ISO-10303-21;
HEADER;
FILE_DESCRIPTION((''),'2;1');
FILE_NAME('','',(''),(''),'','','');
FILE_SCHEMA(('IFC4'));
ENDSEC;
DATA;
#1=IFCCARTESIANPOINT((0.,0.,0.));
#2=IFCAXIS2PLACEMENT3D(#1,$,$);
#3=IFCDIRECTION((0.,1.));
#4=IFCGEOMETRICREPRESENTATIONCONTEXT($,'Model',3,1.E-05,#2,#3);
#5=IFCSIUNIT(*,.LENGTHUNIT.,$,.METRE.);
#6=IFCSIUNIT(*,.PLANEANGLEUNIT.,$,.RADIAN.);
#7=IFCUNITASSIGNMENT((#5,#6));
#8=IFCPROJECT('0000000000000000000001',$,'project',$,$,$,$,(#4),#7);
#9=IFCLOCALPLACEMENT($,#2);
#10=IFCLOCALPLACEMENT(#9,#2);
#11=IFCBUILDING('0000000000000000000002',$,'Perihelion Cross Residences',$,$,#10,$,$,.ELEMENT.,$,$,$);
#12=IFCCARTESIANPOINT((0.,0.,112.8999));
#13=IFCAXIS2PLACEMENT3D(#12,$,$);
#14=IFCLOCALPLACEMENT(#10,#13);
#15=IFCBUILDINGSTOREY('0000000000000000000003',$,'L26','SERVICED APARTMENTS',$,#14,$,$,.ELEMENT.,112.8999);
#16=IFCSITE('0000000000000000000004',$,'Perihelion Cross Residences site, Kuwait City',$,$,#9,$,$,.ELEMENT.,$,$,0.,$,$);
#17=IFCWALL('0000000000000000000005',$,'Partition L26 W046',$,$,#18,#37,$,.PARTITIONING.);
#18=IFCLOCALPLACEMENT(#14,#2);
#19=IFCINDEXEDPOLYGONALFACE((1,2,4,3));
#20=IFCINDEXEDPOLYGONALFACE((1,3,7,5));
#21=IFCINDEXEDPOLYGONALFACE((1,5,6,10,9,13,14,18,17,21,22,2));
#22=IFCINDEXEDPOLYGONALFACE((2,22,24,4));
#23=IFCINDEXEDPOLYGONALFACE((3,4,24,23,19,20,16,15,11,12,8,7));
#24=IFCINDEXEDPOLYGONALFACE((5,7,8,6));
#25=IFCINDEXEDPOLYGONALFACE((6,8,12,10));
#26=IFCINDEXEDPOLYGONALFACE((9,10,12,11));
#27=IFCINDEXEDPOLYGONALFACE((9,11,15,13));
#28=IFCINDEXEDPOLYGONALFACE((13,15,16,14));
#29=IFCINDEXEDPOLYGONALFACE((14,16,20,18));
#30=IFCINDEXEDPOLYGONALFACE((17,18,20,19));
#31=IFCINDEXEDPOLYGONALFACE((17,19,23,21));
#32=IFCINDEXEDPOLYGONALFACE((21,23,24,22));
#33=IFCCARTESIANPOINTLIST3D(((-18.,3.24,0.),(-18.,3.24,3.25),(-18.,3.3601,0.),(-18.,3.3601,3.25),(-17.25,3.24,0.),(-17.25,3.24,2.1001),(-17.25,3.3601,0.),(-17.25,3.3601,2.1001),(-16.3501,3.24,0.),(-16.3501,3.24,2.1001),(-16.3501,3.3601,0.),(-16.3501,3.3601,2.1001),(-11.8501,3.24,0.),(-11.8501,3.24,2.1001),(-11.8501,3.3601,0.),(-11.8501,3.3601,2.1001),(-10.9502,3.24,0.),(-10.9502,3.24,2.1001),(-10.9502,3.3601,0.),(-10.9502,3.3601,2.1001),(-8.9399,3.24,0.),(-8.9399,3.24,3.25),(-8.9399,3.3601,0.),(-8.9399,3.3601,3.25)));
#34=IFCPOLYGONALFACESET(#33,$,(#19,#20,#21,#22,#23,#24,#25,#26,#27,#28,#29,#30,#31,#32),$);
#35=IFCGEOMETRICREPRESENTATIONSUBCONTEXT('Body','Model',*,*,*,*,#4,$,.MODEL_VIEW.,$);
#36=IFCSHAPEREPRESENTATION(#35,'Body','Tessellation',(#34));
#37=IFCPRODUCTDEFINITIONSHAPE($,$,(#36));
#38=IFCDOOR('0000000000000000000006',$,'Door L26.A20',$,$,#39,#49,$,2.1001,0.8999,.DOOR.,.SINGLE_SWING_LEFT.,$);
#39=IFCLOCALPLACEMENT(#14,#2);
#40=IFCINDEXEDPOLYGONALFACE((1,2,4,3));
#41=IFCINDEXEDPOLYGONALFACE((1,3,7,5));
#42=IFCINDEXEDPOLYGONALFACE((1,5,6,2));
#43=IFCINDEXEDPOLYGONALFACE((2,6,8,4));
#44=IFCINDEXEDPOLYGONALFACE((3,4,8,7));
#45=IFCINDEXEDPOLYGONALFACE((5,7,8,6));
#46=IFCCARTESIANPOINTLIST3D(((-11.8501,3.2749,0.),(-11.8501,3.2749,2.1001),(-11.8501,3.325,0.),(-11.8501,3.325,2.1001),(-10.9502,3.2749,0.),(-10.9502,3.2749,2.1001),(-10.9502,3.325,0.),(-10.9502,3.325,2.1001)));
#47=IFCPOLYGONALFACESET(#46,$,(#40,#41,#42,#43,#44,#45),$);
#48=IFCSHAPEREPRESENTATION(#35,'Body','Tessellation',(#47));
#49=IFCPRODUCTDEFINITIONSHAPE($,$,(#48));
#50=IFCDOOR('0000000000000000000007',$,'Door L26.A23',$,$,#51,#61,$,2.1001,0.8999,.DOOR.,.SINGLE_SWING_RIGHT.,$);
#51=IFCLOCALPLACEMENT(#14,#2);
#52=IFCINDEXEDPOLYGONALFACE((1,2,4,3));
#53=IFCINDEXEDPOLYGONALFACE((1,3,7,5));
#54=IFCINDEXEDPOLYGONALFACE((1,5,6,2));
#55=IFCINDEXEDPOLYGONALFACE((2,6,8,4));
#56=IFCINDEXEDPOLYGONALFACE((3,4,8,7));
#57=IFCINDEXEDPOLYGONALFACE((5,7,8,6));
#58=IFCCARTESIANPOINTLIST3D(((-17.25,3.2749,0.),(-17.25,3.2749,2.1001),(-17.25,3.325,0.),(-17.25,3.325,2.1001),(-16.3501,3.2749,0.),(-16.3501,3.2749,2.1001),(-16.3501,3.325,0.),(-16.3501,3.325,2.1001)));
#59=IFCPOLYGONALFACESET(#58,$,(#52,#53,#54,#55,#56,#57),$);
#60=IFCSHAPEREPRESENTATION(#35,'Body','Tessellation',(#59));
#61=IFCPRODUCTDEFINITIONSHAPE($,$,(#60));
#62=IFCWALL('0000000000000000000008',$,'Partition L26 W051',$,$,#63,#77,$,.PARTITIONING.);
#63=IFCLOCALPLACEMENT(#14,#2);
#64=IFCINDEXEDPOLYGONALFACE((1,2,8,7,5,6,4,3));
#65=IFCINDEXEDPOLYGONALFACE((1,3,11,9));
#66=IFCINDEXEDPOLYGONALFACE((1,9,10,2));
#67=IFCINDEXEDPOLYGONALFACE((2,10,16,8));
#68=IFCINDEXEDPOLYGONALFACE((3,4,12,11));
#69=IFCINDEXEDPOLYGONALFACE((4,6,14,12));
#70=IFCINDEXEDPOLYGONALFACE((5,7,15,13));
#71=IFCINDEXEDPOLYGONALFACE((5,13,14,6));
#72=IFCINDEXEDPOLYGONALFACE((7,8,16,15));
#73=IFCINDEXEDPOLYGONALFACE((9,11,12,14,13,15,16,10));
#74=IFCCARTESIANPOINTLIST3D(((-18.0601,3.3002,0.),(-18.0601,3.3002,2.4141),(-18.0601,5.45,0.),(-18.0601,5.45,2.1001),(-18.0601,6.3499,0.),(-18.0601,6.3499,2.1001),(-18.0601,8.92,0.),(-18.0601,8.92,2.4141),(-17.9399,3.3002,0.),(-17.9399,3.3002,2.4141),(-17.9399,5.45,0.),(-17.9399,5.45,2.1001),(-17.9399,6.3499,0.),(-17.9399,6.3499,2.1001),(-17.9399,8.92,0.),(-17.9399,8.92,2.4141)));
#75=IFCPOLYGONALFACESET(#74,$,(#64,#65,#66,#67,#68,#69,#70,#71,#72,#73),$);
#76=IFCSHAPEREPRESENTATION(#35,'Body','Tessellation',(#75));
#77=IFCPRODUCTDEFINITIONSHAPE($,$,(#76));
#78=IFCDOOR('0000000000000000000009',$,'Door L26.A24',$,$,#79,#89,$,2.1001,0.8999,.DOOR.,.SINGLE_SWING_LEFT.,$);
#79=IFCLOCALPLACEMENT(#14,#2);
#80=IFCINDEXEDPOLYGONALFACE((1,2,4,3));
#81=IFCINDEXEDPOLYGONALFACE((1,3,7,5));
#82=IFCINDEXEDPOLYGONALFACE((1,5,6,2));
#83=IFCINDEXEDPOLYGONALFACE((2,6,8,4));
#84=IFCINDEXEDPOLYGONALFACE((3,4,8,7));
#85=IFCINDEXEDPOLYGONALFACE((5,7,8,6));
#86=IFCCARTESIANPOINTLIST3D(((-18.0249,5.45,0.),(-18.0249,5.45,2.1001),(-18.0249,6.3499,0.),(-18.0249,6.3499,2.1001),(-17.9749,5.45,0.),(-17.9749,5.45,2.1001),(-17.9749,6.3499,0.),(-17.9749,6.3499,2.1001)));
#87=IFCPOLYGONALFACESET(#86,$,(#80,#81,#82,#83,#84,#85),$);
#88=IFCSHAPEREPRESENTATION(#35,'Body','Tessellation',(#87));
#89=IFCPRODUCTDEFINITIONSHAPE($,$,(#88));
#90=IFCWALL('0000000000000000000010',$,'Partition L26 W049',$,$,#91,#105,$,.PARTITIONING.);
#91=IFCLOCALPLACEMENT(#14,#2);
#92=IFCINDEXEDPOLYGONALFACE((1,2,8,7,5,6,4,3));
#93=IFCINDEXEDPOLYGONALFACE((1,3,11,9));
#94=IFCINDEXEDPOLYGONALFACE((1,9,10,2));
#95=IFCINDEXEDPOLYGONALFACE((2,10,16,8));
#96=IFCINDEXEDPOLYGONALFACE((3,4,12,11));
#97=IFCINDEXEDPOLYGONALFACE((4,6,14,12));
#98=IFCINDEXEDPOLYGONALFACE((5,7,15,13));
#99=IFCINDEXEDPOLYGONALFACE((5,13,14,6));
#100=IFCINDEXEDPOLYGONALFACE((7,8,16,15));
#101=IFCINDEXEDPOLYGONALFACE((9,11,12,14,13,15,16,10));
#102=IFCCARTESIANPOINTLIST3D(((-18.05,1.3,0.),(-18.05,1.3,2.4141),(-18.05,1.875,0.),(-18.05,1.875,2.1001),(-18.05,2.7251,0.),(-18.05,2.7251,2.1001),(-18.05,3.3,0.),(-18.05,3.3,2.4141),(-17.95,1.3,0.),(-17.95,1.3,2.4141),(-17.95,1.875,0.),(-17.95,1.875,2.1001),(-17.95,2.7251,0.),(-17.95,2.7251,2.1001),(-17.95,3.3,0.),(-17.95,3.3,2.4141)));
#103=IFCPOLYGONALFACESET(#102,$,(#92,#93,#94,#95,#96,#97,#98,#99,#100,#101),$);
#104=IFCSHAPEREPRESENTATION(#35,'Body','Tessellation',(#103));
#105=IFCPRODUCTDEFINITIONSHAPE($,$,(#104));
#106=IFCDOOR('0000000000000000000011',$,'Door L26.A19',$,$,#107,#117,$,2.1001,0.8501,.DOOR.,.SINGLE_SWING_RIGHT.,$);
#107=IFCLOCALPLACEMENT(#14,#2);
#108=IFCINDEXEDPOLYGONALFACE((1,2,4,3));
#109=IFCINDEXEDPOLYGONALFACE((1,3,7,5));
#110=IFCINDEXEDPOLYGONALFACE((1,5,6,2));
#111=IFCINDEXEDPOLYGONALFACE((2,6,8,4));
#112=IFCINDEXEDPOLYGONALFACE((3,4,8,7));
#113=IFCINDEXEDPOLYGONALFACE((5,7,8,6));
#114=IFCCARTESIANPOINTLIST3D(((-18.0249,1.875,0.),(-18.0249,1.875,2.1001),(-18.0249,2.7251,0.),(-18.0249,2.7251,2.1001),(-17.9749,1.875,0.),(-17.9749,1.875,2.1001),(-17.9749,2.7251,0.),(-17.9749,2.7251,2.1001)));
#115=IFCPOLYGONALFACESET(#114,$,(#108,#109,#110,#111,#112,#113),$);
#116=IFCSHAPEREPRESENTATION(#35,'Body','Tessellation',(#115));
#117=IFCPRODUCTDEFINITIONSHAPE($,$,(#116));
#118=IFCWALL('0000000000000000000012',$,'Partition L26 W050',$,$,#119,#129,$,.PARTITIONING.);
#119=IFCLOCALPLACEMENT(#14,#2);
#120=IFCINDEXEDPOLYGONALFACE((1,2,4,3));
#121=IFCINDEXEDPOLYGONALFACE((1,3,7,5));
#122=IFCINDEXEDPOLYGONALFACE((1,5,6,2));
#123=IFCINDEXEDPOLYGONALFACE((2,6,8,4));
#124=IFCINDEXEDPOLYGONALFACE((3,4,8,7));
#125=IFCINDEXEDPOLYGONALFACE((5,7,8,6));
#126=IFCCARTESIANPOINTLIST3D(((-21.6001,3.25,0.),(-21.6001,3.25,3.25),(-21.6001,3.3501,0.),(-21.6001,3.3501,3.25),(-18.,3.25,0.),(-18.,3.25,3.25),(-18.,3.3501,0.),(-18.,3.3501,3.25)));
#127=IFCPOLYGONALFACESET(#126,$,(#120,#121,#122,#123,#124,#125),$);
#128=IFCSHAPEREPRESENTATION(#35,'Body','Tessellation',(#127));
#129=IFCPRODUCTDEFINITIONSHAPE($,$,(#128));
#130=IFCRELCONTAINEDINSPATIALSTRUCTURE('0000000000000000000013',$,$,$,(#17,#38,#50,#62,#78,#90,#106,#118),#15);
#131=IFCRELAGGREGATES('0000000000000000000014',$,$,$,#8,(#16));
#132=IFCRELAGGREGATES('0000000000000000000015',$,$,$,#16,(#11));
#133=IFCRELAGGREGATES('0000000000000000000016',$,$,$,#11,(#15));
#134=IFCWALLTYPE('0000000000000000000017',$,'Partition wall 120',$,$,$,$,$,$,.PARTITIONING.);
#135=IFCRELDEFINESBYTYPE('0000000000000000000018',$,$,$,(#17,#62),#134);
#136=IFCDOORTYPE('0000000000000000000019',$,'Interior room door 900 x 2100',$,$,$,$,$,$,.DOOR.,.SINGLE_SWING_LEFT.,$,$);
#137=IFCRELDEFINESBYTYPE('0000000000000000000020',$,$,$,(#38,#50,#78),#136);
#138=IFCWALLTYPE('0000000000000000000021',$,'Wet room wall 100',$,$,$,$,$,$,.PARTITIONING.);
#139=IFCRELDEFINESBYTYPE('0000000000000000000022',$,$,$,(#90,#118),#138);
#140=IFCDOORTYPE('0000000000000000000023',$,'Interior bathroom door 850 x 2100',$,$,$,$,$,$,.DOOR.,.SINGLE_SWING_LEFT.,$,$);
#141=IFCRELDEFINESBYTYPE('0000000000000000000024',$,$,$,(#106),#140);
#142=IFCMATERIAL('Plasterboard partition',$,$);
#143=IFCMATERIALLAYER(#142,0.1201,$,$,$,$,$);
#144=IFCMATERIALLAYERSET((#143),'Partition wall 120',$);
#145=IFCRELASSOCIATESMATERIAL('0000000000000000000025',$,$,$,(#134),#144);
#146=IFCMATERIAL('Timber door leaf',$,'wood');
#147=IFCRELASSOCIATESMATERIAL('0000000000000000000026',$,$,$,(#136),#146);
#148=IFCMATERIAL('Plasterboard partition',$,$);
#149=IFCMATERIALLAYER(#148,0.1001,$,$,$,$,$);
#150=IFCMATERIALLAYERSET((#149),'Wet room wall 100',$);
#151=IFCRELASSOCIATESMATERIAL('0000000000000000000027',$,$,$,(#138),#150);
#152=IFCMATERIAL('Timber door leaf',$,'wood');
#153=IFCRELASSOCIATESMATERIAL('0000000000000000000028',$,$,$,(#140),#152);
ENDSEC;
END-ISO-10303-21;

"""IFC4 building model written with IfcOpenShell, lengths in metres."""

from ifc_helpers import new_model, si_unit, direction, frame, frame_2d, origin, place, context, subcontext, project, spatial, rectangle, extrude, material, layer, layer_set, type_object, element, fill, save


model = new_model("IFC4")

# Units and contexts
model_context = context("Model", 3, precision=1e-05, world=origin(), true_north=direction((0.0, 1.0)))
body_context = subcontext(model_context, "Body", "Model", "MODEL_VIEW")
ifc_project = project(units=[si_unit("LENGTHUNIT", "METRE"), si_unit("PLANEANGLEUNIT", "RADIAN")], contexts=[model_context])

# Site, building, storey
site_placement = place(None, origin())
site = spatial("IfcSite", under=ifc_project, at=site_placement, Name="Perihelion Cross Residences site, Kuwait City", CompositionType="ELEMENT", RefElevation=0.0)
building_placement = place(site_placement, origin())
building = spatial("IfcBuilding", under=site, at=building_placement, Name="Perihelion Cross Residences", CompositionType="ELEMENT")
storey_placement = place(building_placement, frame((0.0, 0.0, 112.8999)))
storey = spatial("IfcBuildingStorey", under=building, at=storey_placement, Name="L26", Description="SERVICED APARTMENTS", CompositionType="ELEMENT", Elevation=112.8999)

# Wall, openings, doors
ifc_material_1 = material(Name="Plasterboard partition")
ifc_layer_1 = layer(ifc_material_1, 0.1201)
ifc_layer_set_1 = layer_set([ifc_layer_1], Name="Partition wall 120")
wall_type_1 = type_object("IfcWallType", Name="Partition wall 120", PredefinedType="PARTITIONING", material=ifc_layer_set_1)
wall_1_placement = place(storey_placement, frame((-18.0, 3.3, 0.0), z_axis=(0.0, 0.0, 1.0), x_axis=(1.0, 0.0, 0.0)))
wall_1 = element("IfcWall", 1, at=wall_1_placement, inside=storey, type_object=wall_type_1, Name="Partition L26 W046", PredefinedType="PARTITIONING", context=body_context, shape_type="SweptSolid", body=[
    extrude(rectangle(XDim=9.0601, YDim=0.1201, at=frame_2d((4.53, 0.0))), origin(), (0.0, 0.0, 1.0), 3.25),
])
opening_1_placement = place(wall_1_placement, frame((6.1499, 0.0, 0.0)))
opening_1 = element("IfcOpeningElement", 2, at=opening_1_placement, cuts=wall_1, PredefinedType="OPENING", context=body_context, shape_type="SweptSolid", body=[
    extrude(rectangle(XDim=0.8999, YDim=2.1001, at=frame_2d((0.45, 1.05))), frame((0.0, 0.0701, 0.0), z_axis=(0.0, -1.0, 0.0), x_axis=(1.0, 0.0, 0.0)), (0.0, 0.0, 1.0), 0.1401),
])
opening_2_placement = place(wall_1_placement, frame((0.75, 0.0, 0.0)))
opening_2 = element("IfcOpeningElement", 3, at=opening_2_placement, cuts=wall_1, PredefinedType="OPENING", context=body_context, shape_type="SweptSolid", body=[
    extrude(rectangle(XDim=0.8999, YDim=2.1001, at=frame_2d((0.45, 1.05))), frame((0.0, 0.0701, 0.0), z_axis=(0.0, -1.0, 0.0), x_axis=(1.0, 0.0, 0.0)), (0.0, 0.0, 1.0), 0.1401),
])
ifc_material_2 = material(Name="Timber door leaf", Category="wood")
door_type_1 = type_object("IfcDoorType", Name="Interior room door 900 x 2100", OperationType="SINGLE_SWING_LEFT", PredefinedType="DOOR", material=ifc_material_2)
door_1_placement = place(opening_1_placement, origin())
door_1 = element("IfcDoor", 4, at=door_1_placement, inside=storey, type_object=door_type_1, Name="Door L26.A20", OperationType="SINGLE_SWING_LEFT", OverallHeight=2.1001, OverallWidth=0.8999, PredefinedType="DOOR", context=body_context, shape_type="SweptSolid", body=[
    extrude(rectangle(XDim=0.8999, YDim=2.1001, at=frame_2d((0.45, 1.05))), frame((0.0, 0.0249, 0.0), z_axis=(0.0, -1.0, 0.0), x_axis=(1.0, 0.0, 0.0)), (0.0, 0.0, 1.0), 0.05),
])
fill(opening_1, door_1)
door_2_placement = place(opening_2_placement, origin())
door_2 = element("IfcDoor", 5, at=door_2_placement, inside=storey, type_object=door_type_1, Name="Door L26.A23", OperationType="SINGLE_SWING_RIGHT", OverallHeight=2.1001, OverallWidth=0.8999, PredefinedType="DOOR", context=body_context, shape_type="SweptSolid", body=[
    extrude(rectangle(XDim=0.8999, YDim=2.1001, at=frame_2d((0.45, 1.05))), frame((0.0, 0.0249, 0.0), z_axis=(0.0, -1.0, 0.0), x_axis=(1.0, 0.0, 0.0)), (0.0, 0.0, 1.0), 0.05),
])
fill(opening_2, door_2)

# Walls, openings, doors
wall_2_placement = place(storey_placement, frame((-18.0, 3.3, 0.0), z_axis=(0.0, 0.0, 1.0), x_axis=(0.0, 1.0, 0.0)))
wall_2 = element("IfcWall", 6, at=wall_2_placement, inside=storey, type_object=wall_type_1, Name="Partition L26 W051", PredefinedType="PARTITIONING", context=body_context, shape_type="SweptSolid", body=[
    extrude(rectangle(XDim=5.6199, YDim=0.1201, at=frame_2d((2.8101, 0.0))), origin(), (0.0, 0.0, 1.0), 2.4141),
])
opening_3_placement = place(wall_2_placement, frame((2.1499, 0.0, 0.0)))
opening_3 = element("IfcOpeningElement", 7, at=opening_3_placement, cuts=wall_2, PredefinedType="OPENING", context=body_context, shape_type="SweptSolid", body=[
    extrude(rectangle(XDim=0.8999, YDim=2.1001, at=frame_2d((0.45, 1.05))), frame((0.0, 0.0701, 0.0), z_axis=(0.0, -1.0, 0.0), x_axis=(1.0, 0.0, 0.0)), (0.0, 0.0, 1.0), 0.1401),
])
door_3_placement = place(opening_3_placement, origin())
door_3 = element("IfcDoor", 8, at=door_3_placement, inside=storey, type_object=door_type_1, Name="Door L26.A24", OperationType="SINGLE_SWING_LEFT", OverallHeight=2.1001, OverallWidth=0.8999, PredefinedType="DOOR", context=body_context, shape_type="SweptSolid", body=[
    extrude(rectangle(XDim=0.8999, YDim=2.1001, at=frame_2d((0.45, 1.05))), frame((0.0, 0.0249, 0.0), z_axis=(0.0, -1.0, 0.0), x_axis=(1.0, 0.0, 0.0)), (0.0, 0.0, 1.0), 0.05),
])
fill(opening_3, door_3)
ifc_material_3 = material(Name="Plasterboard partition")
ifc_layer_2 = layer(ifc_material_3, 0.1001)
ifc_layer_set_2 = layer_set([ifc_layer_2], Name="Wet room wall 100")
wall_type_2 = type_object("IfcWallType", Name="Wet room wall 100", PredefinedType="PARTITIONING", material=ifc_layer_set_2)
wall_3_placement = place(storey_placement, frame((-18.0, 1.3, 0.0), z_axis=(0.0, 0.0, 1.0), x_axis=(0.0, 1.0, 0.0)))
wall_3 = element("IfcWall", 9, at=wall_3_placement, inside=storey, type_object=wall_type_2, Name="Partition L26 W049", PredefinedType="PARTITIONING", context=body_context, shape_type="SweptSolid", body=[
    extrude(rectangle(XDim=2.0, YDim=0.1001, at=frame_2d((1.0, 0.0))), origin(), (0.0, 0.0, 1.0), 2.4141),
])
opening_4_placement = place(wall_3_placement, frame((0.575, 0.0, 0.0)))
opening_4 = element("IfcOpeningElement", 10, at=opening_4_placement, cuts=wall_3, PredefinedType="OPENING", context=body_context, shape_type="SweptSolid", body=[
    extrude(rectangle(XDim=0.8501, YDim=2.1001, at=frame_2d((0.425, 1.05))), frame((0.0, 0.0601, 0.0), z_axis=(0.0, -1.0, 0.0), x_axis=(1.0, 0.0, 0.0)), (0.0, 0.0, 1.0), 0.1201),
])
ifc_material_4 = material(Name="Timber door leaf", Category="wood")
door_type_2 = type_object("IfcDoorType", Name="Interior bathroom door 850 x 2100", OperationType="SINGLE_SWING_LEFT", PredefinedType="DOOR", material=ifc_material_4)
door_4_placement = place(opening_4_placement, origin())
door_4 = element("IfcDoor", 11, at=door_4_placement, inside=storey, type_object=door_type_2, Name="Door L26.A19", OperationType="SINGLE_SWING_RIGHT", OverallHeight=2.1001, OverallWidth=0.8501, PredefinedType="DOOR", context=body_context, shape_type="SweptSolid", body=[
    extrude(rectangle(XDim=0.8501, YDim=2.1001, at=frame_2d((0.425, 1.05))), frame((0.0, 0.0249, 0.0), z_axis=(0.0, -1.0, 0.0), x_axis=(1.0, 0.0, 0.0)), (0.0, 0.0, 1.0), 0.05),
])
fill(opening_4, door_4)

# Wall
wall_4_placement = place(storey_placement, frame((-21.6001, 3.3, 0.0), z_axis=(0.0, 0.0, 1.0), x_axis=(1.0, 0.0, 0.0)))
element("IfcWall", 12, at=wall_4_placement, inside=storey, type_object=wall_type_2, Name="Partition L26 W050", PredefinedType="PARTITIONING", context=body_context, shape_type="SweptSolid", body=[
    extrude(rectangle(XDim=3.6001, YDim=0.1001, at=frame_2d((1.8, 0.0))), origin(), (0.0, 0.0, 1.0), 3.25),
])

save(model, "model.ifc")
